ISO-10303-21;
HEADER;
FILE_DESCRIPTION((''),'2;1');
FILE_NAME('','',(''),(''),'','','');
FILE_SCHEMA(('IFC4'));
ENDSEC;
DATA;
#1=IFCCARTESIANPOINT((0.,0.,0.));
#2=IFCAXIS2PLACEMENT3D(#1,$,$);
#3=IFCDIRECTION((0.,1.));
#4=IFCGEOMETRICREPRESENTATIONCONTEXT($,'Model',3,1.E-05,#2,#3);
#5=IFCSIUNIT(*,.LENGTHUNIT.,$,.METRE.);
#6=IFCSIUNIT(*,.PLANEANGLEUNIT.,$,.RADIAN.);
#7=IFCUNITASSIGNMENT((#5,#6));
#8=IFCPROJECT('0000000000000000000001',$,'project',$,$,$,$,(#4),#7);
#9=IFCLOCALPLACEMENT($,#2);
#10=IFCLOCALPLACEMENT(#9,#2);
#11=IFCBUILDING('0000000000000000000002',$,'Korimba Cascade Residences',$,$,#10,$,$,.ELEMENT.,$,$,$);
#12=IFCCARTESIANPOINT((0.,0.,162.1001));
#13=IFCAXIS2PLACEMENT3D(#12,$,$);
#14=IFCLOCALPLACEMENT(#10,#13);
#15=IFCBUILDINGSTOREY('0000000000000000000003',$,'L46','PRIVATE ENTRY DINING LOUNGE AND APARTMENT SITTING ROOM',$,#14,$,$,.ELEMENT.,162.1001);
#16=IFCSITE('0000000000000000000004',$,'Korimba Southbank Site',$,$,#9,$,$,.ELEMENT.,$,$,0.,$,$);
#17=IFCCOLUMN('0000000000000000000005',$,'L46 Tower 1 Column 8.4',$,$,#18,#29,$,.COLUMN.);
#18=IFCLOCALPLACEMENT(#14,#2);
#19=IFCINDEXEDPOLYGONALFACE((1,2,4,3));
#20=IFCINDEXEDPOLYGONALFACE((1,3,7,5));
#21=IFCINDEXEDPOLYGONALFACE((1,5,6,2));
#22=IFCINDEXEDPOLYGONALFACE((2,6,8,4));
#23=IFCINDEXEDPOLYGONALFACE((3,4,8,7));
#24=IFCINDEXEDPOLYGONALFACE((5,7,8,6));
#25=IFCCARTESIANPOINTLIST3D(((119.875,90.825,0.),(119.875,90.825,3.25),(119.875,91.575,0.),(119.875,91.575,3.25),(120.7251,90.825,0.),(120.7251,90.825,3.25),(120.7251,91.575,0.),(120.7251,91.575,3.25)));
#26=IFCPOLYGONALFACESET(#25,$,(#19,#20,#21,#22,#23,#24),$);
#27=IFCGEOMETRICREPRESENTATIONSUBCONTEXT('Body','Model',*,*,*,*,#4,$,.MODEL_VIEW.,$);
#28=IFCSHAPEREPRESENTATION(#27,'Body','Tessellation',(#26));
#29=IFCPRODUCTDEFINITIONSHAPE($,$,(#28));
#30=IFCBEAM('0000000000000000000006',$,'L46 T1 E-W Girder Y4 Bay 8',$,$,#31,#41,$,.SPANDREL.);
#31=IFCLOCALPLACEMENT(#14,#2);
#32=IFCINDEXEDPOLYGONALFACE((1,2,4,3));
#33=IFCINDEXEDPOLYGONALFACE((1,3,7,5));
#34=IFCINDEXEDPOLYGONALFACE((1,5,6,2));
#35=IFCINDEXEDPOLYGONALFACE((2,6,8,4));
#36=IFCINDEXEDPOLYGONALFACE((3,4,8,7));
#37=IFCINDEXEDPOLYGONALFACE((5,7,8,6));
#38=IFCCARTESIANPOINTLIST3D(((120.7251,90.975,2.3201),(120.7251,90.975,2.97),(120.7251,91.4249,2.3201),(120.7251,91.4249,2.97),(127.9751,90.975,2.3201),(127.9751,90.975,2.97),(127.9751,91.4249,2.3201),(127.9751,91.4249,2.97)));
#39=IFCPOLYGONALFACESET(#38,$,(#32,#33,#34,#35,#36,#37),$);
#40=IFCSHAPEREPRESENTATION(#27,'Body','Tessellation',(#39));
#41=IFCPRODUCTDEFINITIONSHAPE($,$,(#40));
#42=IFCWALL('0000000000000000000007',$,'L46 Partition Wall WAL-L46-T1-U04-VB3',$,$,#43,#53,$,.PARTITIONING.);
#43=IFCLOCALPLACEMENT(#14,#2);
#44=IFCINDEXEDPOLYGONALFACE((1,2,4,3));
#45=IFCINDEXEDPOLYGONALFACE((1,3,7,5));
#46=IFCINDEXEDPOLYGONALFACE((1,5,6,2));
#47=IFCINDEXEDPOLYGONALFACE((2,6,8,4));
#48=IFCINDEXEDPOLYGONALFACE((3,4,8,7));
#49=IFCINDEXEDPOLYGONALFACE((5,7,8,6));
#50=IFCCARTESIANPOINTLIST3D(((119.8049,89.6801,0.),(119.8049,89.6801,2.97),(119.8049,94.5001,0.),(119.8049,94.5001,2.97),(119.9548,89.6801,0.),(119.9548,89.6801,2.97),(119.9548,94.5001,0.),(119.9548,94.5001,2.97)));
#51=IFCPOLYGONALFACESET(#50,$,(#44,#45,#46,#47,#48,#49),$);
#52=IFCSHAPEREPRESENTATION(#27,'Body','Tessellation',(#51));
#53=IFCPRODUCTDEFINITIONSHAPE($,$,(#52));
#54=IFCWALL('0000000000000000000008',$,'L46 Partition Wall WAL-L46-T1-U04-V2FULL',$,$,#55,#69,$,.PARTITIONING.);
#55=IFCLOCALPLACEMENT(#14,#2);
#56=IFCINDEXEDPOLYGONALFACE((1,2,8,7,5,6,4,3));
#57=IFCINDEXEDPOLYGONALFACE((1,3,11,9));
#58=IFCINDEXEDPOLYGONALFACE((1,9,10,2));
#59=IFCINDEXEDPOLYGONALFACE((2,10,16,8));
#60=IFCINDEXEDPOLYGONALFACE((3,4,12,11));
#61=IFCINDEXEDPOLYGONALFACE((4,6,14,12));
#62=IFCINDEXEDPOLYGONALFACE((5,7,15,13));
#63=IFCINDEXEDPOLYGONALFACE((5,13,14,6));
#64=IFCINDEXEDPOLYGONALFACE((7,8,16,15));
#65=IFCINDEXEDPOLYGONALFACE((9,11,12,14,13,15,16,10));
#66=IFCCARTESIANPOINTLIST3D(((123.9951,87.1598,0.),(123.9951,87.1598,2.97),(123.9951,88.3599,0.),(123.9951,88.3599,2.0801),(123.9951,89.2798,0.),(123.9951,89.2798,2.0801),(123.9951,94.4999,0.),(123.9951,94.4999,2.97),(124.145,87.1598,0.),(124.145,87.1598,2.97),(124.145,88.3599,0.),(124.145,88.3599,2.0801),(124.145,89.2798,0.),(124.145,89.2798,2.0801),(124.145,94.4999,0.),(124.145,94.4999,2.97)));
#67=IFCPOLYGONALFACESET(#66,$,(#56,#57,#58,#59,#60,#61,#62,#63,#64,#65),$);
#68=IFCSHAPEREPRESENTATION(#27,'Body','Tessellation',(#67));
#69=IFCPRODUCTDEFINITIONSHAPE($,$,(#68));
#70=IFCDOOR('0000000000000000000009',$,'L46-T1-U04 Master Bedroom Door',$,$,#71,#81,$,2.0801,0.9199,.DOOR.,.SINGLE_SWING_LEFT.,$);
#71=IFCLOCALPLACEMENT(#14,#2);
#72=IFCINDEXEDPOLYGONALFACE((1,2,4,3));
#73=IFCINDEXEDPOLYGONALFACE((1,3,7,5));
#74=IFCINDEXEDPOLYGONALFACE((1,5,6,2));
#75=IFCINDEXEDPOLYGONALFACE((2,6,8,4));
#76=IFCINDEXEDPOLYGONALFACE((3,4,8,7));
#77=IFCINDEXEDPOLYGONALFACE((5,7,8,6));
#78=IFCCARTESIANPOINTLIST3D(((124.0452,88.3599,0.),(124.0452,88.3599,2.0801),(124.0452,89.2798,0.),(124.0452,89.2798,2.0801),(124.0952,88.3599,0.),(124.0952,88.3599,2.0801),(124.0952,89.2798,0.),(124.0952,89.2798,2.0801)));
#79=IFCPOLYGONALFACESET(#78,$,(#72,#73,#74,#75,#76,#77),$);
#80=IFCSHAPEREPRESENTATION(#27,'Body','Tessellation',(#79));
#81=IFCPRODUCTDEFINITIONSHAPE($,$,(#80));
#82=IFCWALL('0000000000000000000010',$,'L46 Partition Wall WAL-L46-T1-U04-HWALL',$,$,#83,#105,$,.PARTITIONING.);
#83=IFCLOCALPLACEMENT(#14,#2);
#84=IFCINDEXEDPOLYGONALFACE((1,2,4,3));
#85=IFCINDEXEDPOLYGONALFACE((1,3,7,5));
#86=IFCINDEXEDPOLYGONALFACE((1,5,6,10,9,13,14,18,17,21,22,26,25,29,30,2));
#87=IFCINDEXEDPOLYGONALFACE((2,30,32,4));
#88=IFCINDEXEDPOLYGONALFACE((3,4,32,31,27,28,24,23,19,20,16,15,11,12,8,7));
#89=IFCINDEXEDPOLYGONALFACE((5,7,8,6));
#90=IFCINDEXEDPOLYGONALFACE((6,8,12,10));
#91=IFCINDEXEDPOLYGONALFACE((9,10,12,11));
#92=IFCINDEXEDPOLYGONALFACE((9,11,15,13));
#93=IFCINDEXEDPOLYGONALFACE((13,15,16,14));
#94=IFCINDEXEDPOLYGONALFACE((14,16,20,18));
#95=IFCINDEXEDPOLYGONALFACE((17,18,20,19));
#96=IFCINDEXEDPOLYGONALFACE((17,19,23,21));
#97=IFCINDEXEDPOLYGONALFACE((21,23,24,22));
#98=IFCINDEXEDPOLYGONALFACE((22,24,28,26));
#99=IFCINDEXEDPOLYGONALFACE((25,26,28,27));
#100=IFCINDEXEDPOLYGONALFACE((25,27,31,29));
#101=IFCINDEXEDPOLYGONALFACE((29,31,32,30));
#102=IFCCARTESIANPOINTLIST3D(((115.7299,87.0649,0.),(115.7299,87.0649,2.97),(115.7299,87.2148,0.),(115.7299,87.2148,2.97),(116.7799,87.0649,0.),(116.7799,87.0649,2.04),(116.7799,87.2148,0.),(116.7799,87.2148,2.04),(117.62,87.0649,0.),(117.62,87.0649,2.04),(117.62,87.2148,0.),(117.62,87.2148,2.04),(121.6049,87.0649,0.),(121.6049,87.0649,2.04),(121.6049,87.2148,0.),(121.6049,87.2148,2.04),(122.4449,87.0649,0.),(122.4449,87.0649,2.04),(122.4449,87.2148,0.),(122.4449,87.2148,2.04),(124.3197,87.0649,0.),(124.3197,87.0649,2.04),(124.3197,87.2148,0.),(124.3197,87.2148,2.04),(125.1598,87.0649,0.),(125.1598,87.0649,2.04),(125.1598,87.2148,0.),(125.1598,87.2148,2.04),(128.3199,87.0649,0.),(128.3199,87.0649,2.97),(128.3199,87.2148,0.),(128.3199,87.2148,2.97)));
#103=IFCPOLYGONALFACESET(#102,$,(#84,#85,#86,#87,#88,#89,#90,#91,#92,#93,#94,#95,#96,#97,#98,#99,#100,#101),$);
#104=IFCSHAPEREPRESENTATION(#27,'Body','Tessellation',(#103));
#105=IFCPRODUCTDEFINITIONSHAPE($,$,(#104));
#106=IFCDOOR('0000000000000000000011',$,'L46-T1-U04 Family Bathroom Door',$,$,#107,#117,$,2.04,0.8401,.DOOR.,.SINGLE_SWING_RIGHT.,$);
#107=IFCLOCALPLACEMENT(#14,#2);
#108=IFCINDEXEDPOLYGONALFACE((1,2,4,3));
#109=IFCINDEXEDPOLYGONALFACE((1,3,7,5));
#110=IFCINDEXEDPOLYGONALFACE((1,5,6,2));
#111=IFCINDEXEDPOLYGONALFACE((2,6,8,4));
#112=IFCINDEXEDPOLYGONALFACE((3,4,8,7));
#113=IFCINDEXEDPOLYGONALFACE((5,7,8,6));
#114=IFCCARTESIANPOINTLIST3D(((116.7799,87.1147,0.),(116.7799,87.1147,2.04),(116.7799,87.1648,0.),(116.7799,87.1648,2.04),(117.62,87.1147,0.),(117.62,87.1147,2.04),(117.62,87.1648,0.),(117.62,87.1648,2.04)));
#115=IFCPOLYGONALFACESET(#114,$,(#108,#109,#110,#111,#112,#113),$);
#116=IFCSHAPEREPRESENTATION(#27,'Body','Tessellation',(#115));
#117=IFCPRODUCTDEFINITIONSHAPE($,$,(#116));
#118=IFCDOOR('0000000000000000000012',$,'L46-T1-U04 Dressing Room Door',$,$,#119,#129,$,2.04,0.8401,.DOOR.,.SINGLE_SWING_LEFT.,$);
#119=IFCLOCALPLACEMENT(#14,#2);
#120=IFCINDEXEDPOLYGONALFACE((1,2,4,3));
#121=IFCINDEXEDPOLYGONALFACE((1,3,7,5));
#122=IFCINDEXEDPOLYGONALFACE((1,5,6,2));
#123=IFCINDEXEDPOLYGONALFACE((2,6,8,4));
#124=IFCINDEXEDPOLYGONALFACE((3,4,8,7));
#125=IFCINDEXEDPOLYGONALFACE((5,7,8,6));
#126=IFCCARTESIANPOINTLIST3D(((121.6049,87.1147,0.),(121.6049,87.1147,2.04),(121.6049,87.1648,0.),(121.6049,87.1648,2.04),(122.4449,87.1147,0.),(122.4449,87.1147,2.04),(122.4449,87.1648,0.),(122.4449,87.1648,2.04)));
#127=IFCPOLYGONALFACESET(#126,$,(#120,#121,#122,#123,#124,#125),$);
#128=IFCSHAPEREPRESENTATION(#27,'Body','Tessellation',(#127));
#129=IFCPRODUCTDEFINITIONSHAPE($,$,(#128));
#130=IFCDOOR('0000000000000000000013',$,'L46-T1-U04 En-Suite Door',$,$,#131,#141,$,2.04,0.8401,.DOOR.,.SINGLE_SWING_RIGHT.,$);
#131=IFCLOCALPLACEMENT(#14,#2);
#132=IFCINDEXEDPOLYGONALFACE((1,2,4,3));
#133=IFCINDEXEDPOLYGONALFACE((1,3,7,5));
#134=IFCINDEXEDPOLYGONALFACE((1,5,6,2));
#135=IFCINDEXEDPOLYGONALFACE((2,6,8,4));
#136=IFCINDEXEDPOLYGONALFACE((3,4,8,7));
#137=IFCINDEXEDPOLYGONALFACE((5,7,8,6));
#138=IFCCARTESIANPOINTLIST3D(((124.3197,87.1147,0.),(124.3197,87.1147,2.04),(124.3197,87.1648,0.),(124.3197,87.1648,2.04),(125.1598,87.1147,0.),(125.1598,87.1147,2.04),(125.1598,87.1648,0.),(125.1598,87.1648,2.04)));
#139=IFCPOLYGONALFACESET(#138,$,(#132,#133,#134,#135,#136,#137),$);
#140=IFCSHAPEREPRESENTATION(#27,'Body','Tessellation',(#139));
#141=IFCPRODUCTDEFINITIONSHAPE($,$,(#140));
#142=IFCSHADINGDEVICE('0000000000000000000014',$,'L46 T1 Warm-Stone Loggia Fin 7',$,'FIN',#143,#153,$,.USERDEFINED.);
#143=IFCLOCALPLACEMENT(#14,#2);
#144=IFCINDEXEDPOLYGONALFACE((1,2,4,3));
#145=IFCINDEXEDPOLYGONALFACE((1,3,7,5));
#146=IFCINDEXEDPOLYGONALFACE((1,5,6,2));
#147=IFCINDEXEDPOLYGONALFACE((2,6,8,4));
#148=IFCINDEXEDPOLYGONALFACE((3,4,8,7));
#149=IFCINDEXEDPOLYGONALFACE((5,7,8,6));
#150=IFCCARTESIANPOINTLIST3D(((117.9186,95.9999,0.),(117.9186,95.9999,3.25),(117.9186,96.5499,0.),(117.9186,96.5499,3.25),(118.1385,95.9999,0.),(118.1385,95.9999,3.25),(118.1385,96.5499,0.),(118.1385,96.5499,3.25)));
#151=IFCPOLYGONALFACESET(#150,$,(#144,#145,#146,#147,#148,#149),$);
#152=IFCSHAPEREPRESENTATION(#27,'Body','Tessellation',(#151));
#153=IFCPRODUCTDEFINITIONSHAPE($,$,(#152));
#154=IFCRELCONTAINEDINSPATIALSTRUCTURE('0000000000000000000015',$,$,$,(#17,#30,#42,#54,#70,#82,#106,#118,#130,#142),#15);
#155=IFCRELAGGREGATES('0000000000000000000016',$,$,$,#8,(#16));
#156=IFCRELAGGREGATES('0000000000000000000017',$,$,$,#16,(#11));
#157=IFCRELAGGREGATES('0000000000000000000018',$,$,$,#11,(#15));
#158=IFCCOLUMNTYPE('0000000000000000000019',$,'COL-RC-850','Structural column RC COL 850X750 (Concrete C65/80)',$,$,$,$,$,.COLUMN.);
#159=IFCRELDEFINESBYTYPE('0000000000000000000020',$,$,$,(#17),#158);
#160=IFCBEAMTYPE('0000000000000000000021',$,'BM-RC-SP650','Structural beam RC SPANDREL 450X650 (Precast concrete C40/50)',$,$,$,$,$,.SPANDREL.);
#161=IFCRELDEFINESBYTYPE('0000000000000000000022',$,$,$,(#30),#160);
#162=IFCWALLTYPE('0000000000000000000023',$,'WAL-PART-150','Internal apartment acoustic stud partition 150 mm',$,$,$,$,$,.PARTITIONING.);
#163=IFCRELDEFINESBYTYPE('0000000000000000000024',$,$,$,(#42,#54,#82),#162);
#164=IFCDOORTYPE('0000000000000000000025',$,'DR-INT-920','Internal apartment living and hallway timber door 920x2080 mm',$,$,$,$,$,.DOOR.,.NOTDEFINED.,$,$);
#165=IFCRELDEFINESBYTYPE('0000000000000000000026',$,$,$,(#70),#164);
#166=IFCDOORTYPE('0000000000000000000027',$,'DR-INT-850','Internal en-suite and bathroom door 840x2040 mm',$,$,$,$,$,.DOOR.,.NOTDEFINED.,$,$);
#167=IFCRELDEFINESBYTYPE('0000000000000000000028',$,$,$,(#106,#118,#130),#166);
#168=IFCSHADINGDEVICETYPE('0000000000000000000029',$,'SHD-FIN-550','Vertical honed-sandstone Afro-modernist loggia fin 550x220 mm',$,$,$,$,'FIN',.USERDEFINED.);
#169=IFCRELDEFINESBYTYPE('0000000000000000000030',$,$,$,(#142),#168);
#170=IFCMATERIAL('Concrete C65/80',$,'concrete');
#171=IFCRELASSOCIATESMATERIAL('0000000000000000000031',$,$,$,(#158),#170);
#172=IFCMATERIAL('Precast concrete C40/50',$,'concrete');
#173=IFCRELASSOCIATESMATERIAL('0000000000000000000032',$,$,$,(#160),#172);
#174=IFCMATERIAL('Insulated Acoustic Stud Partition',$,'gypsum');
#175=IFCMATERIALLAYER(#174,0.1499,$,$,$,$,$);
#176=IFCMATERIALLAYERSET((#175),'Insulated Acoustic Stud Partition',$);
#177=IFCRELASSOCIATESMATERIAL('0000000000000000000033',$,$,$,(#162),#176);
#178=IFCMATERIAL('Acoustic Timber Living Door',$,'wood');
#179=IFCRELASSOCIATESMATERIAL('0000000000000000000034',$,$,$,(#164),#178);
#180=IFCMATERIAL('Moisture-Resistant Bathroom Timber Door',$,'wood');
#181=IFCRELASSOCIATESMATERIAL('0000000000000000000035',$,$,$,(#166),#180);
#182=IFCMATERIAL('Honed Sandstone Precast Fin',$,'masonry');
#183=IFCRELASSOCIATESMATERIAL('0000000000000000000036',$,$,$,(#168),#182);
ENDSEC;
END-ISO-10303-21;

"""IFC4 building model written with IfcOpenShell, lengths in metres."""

from ifc_helpers import new_model, si_unit, direction, frame, frame_2d, origin, origin_2d, place, context, subcontext, project, spatial, rectangle, extrude, material, layer, layer_set, material_profile, profile_set, type_object, element, fill, save


model = new_model("IFC4")

# Units and contexts
model_context = context("Model", 3, precision=1e-05, world=origin(), true_north=direction((0.0, 1.0)))
body_context = subcontext(model_context, "Body", "Model", "MODEL_VIEW")
ifc_project = project(units=[si_unit("LENGTHUNIT", "METRE"), si_unit("PLANEANGLEUNIT", "RADIAN")], contexts=[model_context])

# Site, building, storey
site_placement = place(None, origin())
site = spatial("IfcSite", under=ifc_project, at=site_placement, Name="Korimba Southbank Site", CompositionType="ELEMENT", RefElevation=0.0)
building_placement = place(site_placement, origin())
building = spatial("IfcBuilding", under=site, at=building_placement, Name="Korimba Cascade Residences", CompositionType="ELEMENT")
storey_placement = place(building_placement, frame((0.0, 0.0, 162.1001)))
storey = spatial("IfcBuildingStorey", under=building, at=storey_placement, Name="L46", Description="PRIVATE ENTRY DINING LOUNGE AND APARTMENT SITTING ROOM", CompositionType="ELEMENT", Elevation=162.1001)

# Column
ifc_material_1 = material(Name="Concrete C65/80", Category="concrete")
ifc_material_profile_1 = material_profile(ifc_material_1, rectangle(XDim=0.8501, YDim=0.75, at=origin_2d()), Name="Concrete C65/80")
ifc_profile_set_1 = profile_set([ifc_material_profile_1], Name="Concrete C65/80")
column_type = type_object("IfcColumnType", Name="COL-RC-850", Description="Structural column RC COL 850X750 (Concrete C65/80)", PredefinedType="COLUMN", material=ifc_profile_set_1)
column_placement = place(storey_placement, frame((120.3, 91.2, 0.0), z_axis=(0.0, 0.0, 1.0), x_axis=(1.0, 0.0, 0.0)))
element("IfcColumn", 1, at=column_placement, inside=storey, type_object=column_type, Name="L46 Tower 1 Column 8.4", PredefinedType="COLUMN", context=body_context, shape_type="SweptSolid", body=[
    extrude(rectangle(XDim=0.8501, YDim=0.75, at=origin_2d()), origin(), (0.0, 0.0, 1.0), 3.25),
])

# Beam
ifc_material_2 = material(Name="Precast concrete C40/50", Category="concrete")
ifc_material_profile_2 = material_profile(ifc_material_2, rectangle(XDim=0.45, YDim=0.6499, at=origin_2d()), Name="Precast concrete C40/50")
ifc_profile_set_2 = profile_set([ifc_material_profile_2], Name="Precast concrete C40/50")
beam_type = type_object("IfcBeamType", Name="BM-RC-SP650", Description="Structural beam RC SPANDREL 450X650 (Precast concrete C40/50)", PredefinedType="SPANDREL", material=ifc_profile_set_2)
beam_placement = place(storey_placement, frame((120.7251, 91.2, 2.645), z_axis=(1.0, 0.0, 0.0), x_axis=(0.0, 1.0, 0.0)))
element("IfcBeam", 2, at=beam_placement, inside=storey, type_object=beam_type, Name="L46 T1 E-W Girder Y4 Bay 8", PredefinedType="SPANDREL", context=body_context, shape_type="SweptSolid", body=[
    extrude(rectangle(XDim=0.45, YDim=0.6499, at=origin_2d()), origin(), (0.0, 0.0, 1.0), 7.25),
])

# Wall
ifc_material_3 = material(Name="Insulated Acoustic Stud Partition", Category="gypsum")
ifc_layer = layer(ifc_material_3, 0.1499)
ifc_layer_set = layer_set([ifc_layer], Name="Insulated Acoustic Stud Partition")
wall_type = type_object("IfcWallType", Name="WAL-PART-150", Description="Internal apartment acoustic stud partition 150 mm", PredefinedType="PARTITIONING", material=ifc_layer_set)
wall_1_placement = place(storey_placement, frame((119.8799, 89.6799, 0.0), z_axis=(0.0, 0.0, 1.0), x_axis=(0.0, 1.0, 0.0)))
element("IfcWall", 3, at=wall_1_placement, inside=storey, type_object=wall_type, Name="L46 Partition Wall WAL-L46-T1-U04-VB3", PredefinedType="PARTITIONING", context=body_context, shape_type="SweptSolid", body=[
    extrude(rectangle(XDim=4.8201, YDim=0.1499, at=frame_2d((2.4102, 0.0))), origin(), (0.0, 0.0, 1.0), 2.97),
])

# Wall, opening, door
wall_2_placement = place(storey_placement, frame((124.0701, 87.1599, 0.0), z_axis=(0.0, 0.0, 1.0), x_axis=(0.0, 1.0, 0.0)))
wall_2 = element("IfcWall", 4, at=wall_2_placement, inside=storey, type_object=wall_type, Name="L46 Partition Wall WAL-L46-T1-U04-V2FULL", PredefinedType="PARTITIONING", context=body_context, shape_type="SweptSolid", body=[
    extrude(rectangle(XDim=7.3401, YDim=0.1499, at=frame_2d((3.6699, 0.0))), origin(), (0.0, 0.0, 1.0), 2.97),
])
opening_1_placement = place(wall_2_placement, frame((1.2, 0.0, 0.0)))
opening_1 = element("IfcOpeningElement", 5, at=opening_1_placement, cuts=wall_2, PredefinedType="OPENING", context=body_context, shape_type="SweptSolid", body=[
    extrude(rectangle(XDim=0.9199, YDim=2.0801, at=frame_2d((0.46, 1.04))), frame((0.0, 0.085, 0.0), z_axis=(0.0, -1.0, 0.0), x_axis=(1.0, 0.0, 0.0)), (0.0, 0.0, 1.0), 0.1699),
])
ifc_material_4 = material(Name="Acoustic Timber Living Door", Category="wood")
door_type_1 = type_object("IfcDoorType", Name="DR-INT-920", Description="Internal apartment living and hallway timber door 920x2080 mm", OperationType="NOTDEFINED", PredefinedType="DOOR", material=ifc_material_4)
door_1_placement = place(opening_1_placement, origin())
door_1 = element("IfcDoor", 6, at=door_1_placement, inside=storey, type_object=door_type_1, Name="L46-T1-U04 Master Bedroom Door", OperationType="SINGLE_SWING_LEFT", OverallHeight=2.0801, OverallWidth=0.9199, PredefinedType="DOOR", context=body_context, shape_type="SweptSolid", body=[
    extrude(rectangle(XDim=0.9199, YDim=2.0801, at=frame_2d((0.46, 1.04))), frame((0.0, 0.0249, 0.0), z_axis=(0.0, -1.0, 0.0), x_axis=(1.0, 0.0, 0.0)), (0.0, 0.0, 1.0), 0.05),
])
fill(opening_1, door_1)

# Wall, openings, doors
wall_3_placement = place(storey_placement, frame((115.73, 87.1399, 0.0), z_axis=(0.0, 0.0, 1.0), x_axis=(1.0, 0.0, 0.0)))
wall_3 = element("IfcWall", 7, at=wall_3_placement, inside=storey, type_object=wall_type, Name="L46 Partition Wall WAL-L46-T1-U04-HWALL", PredefinedType="PARTITIONING", context=body_context, shape_type="SweptSolid", body=[
    extrude(rectangle(XDim=12.5901, YDim=0.1499, at=frame_2d((6.2949, 0.0))), origin(), (0.0, 0.0, 1.0), 2.97),
])
opening_2_placement = place(wall_3_placement, frame((1.05, 0.0, 0.0)))
opening_2 = element("IfcOpeningElement", 8, at=opening_2_placement, cuts=wall_3, PredefinedType="OPENING", context=body_context, shape_type="SweptSolid", body=[
    extrude(rectangle(XDim=0.8401, YDim=2.04, at=frame_2d((0.4199, 1.02))), frame((0.0, 0.085, 0.0), z_axis=(0.0, -1.0, 0.0), x_axis=(1.0, 0.0, 0.0)), (0.0, 0.0, 1.0), 0.1699),
])
opening_3_placement = place(wall_3_placement, frame((5.875, 0.0, 0.0)))
opening_3 = element("IfcOpeningElement", 9, at=opening_3_placement, cuts=wall_3, PredefinedType="OPENING", context=body_context, shape_type="SweptSolid", body=[
    extrude(rectangle(XDim=0.8401, YDim=2.04, at=frame_2d((0.4199, 1.02))), frame((0.0, 0.085, 0.0), z_axis=(0.0, -1.0, 0.0), x_axis=(1.0, 0.0, 0.0)), (0.0, 0.0, 1.0), 0.1699),
])
opening_4_placement = place(wall_3_placement, frame((8.5898, 0.0, 0.0)))
opening_4 = element("IfcOpeningElement", 10, at=opening_4_placement, cuts=wall_3, PredefinedType="OPENING", context=body_context, shape_type="SweptSolid", body=[
    extrude(rectangle(XDim=0.8401, YDim=2.04, at=frame_2d((0.4199, 1.02))), frame((0.0, 0.085, 0.0), z_axis=(0.0, -1.0, 0.0), x_axis=(1.0, 0.0, 0.0)), (0.0, 0.0, 1.0), 0.1699),
])
ifc_material_5 = material(Name="Moisture-Resistant Bathroom Timber Door", Category="wood")
door_type_2 = type_object("IfcDoorType", Name="DR-INT-850", Description="Internal en-suite and bathroom door 840x2040 mm", OperationType="NOTDEFINED", PredefinedType="DOOR", material=ifc_material_5)
door_2_placement = place(opening_2_placement, origin())
door_2 = element("IfcDoor", 11, at=door_2_placement, inside=storey, type_object=door_type_2, Name="L46-T1-U04 Family Bathroom Door", OperationType="SINGLE_SWING_RIGHT", OverallHeight=2.04, OverallWidth=0.8401, PredefinedType="DOOR", context=body_context, shape_type="SweptSolid", body=[
    extrude(rectangle(XDim=0.8401, YDim=2.04, at=frame_2d((0.4199, 1.02))), frame((0.0, 0.0249, 0.0), z_axis=(0.0, -1.0, 0.0), x_axis=(1.0, 0.0, 0.0)), (0.0, 0.0, 1.0), 0.05),
])
fill(opening_2, door_2)
door_3_placement = place(opening_3_placement, origin())
door_3 = element("IfcDoor", 12, at=door_3_placement, inside=storey, type_object=door_type_2, Name="L46-T1-U04 Dressing Room Door", OperationType="SINGLE_SWING_LEFT", OverallHeight=2.04, OverallWidth=0.8401, PredefinedType="DOOR", context=body_context, shape_type="SweptSolid", body=[
    extrude(rectangle(XDim=0.8401, YDim=2.04, at=frame_2d((0.4199, 1.02))), frame((0.0, 0.0249, 0.0), z_axis=(0.0, -1.0, 0.0), x_axis=(1.0, 0.0, 0.0)), (0.0, 0.0, 1.0), 0.05),
])
fill(opening_3, door_3)
door_4_placement = place(opening_4_placement, origin())
door_4 = element("IfcDoor", 13, at=door_4_placement, inside=storey, type_object=door_type_2, Name="L46-T1-U04 En-Suite Door", OperationType="SINGLE_SWING_RIGHT", OverallHeight=2.04, OverallWidth=0.8401, PredefinedType="DOOR", context=body_context, shape_type="SweptSolid", body=[
    extrude(rectangle(XDim=0.8401, YDim=2.04, at=frame_2d((0.4199, 1.02))), frame((0.0, 0.0249, 0.0), z_axis=(0.0, -1.0, 0.0), x_axis=(1.0, 0.0, 0.0)), (0.0, 0.0, 1.0), 0.05),
])
fill(opening_4, door_4)

# Shading device
ifc_material_6 = material(Name="Honed Sandstone Precast Fin", Category="masonry")
shading_device_type = type_object("IfcShadingDeviceType", Name="SHD-FIN-550", Description="Vertical honed-sandstone Afro-modernist loggia fin 550x220 mm", ElementType="FIN", PredefinedType="USERDEFINED", material=ifc_material_6)
shading_device_placement = place(storey_placement, frame((118.0286, 96.2749, 0.0), z_axis=(0.0, 0.0, 1.0), x_axis=(1.0, 0.0, 0.0)))
element("IfcShadingDevice", 14, at=shading_device_placement, inside=storey, type_object=shading_device_type, Name="L46 T1 Warm-Stone Loggia Fin 7", ObjectType="FIN", PredefinedType="USERDEFINED", context=body_context, shape_type="SweptSolid", body=[
    extrude(rectangle(XDim=0.22, YDim=0.55, at=origin_2d()), origin(), (0.0, 0.0, 1.0), 3.25),
])

save(model, "model.ifc")
